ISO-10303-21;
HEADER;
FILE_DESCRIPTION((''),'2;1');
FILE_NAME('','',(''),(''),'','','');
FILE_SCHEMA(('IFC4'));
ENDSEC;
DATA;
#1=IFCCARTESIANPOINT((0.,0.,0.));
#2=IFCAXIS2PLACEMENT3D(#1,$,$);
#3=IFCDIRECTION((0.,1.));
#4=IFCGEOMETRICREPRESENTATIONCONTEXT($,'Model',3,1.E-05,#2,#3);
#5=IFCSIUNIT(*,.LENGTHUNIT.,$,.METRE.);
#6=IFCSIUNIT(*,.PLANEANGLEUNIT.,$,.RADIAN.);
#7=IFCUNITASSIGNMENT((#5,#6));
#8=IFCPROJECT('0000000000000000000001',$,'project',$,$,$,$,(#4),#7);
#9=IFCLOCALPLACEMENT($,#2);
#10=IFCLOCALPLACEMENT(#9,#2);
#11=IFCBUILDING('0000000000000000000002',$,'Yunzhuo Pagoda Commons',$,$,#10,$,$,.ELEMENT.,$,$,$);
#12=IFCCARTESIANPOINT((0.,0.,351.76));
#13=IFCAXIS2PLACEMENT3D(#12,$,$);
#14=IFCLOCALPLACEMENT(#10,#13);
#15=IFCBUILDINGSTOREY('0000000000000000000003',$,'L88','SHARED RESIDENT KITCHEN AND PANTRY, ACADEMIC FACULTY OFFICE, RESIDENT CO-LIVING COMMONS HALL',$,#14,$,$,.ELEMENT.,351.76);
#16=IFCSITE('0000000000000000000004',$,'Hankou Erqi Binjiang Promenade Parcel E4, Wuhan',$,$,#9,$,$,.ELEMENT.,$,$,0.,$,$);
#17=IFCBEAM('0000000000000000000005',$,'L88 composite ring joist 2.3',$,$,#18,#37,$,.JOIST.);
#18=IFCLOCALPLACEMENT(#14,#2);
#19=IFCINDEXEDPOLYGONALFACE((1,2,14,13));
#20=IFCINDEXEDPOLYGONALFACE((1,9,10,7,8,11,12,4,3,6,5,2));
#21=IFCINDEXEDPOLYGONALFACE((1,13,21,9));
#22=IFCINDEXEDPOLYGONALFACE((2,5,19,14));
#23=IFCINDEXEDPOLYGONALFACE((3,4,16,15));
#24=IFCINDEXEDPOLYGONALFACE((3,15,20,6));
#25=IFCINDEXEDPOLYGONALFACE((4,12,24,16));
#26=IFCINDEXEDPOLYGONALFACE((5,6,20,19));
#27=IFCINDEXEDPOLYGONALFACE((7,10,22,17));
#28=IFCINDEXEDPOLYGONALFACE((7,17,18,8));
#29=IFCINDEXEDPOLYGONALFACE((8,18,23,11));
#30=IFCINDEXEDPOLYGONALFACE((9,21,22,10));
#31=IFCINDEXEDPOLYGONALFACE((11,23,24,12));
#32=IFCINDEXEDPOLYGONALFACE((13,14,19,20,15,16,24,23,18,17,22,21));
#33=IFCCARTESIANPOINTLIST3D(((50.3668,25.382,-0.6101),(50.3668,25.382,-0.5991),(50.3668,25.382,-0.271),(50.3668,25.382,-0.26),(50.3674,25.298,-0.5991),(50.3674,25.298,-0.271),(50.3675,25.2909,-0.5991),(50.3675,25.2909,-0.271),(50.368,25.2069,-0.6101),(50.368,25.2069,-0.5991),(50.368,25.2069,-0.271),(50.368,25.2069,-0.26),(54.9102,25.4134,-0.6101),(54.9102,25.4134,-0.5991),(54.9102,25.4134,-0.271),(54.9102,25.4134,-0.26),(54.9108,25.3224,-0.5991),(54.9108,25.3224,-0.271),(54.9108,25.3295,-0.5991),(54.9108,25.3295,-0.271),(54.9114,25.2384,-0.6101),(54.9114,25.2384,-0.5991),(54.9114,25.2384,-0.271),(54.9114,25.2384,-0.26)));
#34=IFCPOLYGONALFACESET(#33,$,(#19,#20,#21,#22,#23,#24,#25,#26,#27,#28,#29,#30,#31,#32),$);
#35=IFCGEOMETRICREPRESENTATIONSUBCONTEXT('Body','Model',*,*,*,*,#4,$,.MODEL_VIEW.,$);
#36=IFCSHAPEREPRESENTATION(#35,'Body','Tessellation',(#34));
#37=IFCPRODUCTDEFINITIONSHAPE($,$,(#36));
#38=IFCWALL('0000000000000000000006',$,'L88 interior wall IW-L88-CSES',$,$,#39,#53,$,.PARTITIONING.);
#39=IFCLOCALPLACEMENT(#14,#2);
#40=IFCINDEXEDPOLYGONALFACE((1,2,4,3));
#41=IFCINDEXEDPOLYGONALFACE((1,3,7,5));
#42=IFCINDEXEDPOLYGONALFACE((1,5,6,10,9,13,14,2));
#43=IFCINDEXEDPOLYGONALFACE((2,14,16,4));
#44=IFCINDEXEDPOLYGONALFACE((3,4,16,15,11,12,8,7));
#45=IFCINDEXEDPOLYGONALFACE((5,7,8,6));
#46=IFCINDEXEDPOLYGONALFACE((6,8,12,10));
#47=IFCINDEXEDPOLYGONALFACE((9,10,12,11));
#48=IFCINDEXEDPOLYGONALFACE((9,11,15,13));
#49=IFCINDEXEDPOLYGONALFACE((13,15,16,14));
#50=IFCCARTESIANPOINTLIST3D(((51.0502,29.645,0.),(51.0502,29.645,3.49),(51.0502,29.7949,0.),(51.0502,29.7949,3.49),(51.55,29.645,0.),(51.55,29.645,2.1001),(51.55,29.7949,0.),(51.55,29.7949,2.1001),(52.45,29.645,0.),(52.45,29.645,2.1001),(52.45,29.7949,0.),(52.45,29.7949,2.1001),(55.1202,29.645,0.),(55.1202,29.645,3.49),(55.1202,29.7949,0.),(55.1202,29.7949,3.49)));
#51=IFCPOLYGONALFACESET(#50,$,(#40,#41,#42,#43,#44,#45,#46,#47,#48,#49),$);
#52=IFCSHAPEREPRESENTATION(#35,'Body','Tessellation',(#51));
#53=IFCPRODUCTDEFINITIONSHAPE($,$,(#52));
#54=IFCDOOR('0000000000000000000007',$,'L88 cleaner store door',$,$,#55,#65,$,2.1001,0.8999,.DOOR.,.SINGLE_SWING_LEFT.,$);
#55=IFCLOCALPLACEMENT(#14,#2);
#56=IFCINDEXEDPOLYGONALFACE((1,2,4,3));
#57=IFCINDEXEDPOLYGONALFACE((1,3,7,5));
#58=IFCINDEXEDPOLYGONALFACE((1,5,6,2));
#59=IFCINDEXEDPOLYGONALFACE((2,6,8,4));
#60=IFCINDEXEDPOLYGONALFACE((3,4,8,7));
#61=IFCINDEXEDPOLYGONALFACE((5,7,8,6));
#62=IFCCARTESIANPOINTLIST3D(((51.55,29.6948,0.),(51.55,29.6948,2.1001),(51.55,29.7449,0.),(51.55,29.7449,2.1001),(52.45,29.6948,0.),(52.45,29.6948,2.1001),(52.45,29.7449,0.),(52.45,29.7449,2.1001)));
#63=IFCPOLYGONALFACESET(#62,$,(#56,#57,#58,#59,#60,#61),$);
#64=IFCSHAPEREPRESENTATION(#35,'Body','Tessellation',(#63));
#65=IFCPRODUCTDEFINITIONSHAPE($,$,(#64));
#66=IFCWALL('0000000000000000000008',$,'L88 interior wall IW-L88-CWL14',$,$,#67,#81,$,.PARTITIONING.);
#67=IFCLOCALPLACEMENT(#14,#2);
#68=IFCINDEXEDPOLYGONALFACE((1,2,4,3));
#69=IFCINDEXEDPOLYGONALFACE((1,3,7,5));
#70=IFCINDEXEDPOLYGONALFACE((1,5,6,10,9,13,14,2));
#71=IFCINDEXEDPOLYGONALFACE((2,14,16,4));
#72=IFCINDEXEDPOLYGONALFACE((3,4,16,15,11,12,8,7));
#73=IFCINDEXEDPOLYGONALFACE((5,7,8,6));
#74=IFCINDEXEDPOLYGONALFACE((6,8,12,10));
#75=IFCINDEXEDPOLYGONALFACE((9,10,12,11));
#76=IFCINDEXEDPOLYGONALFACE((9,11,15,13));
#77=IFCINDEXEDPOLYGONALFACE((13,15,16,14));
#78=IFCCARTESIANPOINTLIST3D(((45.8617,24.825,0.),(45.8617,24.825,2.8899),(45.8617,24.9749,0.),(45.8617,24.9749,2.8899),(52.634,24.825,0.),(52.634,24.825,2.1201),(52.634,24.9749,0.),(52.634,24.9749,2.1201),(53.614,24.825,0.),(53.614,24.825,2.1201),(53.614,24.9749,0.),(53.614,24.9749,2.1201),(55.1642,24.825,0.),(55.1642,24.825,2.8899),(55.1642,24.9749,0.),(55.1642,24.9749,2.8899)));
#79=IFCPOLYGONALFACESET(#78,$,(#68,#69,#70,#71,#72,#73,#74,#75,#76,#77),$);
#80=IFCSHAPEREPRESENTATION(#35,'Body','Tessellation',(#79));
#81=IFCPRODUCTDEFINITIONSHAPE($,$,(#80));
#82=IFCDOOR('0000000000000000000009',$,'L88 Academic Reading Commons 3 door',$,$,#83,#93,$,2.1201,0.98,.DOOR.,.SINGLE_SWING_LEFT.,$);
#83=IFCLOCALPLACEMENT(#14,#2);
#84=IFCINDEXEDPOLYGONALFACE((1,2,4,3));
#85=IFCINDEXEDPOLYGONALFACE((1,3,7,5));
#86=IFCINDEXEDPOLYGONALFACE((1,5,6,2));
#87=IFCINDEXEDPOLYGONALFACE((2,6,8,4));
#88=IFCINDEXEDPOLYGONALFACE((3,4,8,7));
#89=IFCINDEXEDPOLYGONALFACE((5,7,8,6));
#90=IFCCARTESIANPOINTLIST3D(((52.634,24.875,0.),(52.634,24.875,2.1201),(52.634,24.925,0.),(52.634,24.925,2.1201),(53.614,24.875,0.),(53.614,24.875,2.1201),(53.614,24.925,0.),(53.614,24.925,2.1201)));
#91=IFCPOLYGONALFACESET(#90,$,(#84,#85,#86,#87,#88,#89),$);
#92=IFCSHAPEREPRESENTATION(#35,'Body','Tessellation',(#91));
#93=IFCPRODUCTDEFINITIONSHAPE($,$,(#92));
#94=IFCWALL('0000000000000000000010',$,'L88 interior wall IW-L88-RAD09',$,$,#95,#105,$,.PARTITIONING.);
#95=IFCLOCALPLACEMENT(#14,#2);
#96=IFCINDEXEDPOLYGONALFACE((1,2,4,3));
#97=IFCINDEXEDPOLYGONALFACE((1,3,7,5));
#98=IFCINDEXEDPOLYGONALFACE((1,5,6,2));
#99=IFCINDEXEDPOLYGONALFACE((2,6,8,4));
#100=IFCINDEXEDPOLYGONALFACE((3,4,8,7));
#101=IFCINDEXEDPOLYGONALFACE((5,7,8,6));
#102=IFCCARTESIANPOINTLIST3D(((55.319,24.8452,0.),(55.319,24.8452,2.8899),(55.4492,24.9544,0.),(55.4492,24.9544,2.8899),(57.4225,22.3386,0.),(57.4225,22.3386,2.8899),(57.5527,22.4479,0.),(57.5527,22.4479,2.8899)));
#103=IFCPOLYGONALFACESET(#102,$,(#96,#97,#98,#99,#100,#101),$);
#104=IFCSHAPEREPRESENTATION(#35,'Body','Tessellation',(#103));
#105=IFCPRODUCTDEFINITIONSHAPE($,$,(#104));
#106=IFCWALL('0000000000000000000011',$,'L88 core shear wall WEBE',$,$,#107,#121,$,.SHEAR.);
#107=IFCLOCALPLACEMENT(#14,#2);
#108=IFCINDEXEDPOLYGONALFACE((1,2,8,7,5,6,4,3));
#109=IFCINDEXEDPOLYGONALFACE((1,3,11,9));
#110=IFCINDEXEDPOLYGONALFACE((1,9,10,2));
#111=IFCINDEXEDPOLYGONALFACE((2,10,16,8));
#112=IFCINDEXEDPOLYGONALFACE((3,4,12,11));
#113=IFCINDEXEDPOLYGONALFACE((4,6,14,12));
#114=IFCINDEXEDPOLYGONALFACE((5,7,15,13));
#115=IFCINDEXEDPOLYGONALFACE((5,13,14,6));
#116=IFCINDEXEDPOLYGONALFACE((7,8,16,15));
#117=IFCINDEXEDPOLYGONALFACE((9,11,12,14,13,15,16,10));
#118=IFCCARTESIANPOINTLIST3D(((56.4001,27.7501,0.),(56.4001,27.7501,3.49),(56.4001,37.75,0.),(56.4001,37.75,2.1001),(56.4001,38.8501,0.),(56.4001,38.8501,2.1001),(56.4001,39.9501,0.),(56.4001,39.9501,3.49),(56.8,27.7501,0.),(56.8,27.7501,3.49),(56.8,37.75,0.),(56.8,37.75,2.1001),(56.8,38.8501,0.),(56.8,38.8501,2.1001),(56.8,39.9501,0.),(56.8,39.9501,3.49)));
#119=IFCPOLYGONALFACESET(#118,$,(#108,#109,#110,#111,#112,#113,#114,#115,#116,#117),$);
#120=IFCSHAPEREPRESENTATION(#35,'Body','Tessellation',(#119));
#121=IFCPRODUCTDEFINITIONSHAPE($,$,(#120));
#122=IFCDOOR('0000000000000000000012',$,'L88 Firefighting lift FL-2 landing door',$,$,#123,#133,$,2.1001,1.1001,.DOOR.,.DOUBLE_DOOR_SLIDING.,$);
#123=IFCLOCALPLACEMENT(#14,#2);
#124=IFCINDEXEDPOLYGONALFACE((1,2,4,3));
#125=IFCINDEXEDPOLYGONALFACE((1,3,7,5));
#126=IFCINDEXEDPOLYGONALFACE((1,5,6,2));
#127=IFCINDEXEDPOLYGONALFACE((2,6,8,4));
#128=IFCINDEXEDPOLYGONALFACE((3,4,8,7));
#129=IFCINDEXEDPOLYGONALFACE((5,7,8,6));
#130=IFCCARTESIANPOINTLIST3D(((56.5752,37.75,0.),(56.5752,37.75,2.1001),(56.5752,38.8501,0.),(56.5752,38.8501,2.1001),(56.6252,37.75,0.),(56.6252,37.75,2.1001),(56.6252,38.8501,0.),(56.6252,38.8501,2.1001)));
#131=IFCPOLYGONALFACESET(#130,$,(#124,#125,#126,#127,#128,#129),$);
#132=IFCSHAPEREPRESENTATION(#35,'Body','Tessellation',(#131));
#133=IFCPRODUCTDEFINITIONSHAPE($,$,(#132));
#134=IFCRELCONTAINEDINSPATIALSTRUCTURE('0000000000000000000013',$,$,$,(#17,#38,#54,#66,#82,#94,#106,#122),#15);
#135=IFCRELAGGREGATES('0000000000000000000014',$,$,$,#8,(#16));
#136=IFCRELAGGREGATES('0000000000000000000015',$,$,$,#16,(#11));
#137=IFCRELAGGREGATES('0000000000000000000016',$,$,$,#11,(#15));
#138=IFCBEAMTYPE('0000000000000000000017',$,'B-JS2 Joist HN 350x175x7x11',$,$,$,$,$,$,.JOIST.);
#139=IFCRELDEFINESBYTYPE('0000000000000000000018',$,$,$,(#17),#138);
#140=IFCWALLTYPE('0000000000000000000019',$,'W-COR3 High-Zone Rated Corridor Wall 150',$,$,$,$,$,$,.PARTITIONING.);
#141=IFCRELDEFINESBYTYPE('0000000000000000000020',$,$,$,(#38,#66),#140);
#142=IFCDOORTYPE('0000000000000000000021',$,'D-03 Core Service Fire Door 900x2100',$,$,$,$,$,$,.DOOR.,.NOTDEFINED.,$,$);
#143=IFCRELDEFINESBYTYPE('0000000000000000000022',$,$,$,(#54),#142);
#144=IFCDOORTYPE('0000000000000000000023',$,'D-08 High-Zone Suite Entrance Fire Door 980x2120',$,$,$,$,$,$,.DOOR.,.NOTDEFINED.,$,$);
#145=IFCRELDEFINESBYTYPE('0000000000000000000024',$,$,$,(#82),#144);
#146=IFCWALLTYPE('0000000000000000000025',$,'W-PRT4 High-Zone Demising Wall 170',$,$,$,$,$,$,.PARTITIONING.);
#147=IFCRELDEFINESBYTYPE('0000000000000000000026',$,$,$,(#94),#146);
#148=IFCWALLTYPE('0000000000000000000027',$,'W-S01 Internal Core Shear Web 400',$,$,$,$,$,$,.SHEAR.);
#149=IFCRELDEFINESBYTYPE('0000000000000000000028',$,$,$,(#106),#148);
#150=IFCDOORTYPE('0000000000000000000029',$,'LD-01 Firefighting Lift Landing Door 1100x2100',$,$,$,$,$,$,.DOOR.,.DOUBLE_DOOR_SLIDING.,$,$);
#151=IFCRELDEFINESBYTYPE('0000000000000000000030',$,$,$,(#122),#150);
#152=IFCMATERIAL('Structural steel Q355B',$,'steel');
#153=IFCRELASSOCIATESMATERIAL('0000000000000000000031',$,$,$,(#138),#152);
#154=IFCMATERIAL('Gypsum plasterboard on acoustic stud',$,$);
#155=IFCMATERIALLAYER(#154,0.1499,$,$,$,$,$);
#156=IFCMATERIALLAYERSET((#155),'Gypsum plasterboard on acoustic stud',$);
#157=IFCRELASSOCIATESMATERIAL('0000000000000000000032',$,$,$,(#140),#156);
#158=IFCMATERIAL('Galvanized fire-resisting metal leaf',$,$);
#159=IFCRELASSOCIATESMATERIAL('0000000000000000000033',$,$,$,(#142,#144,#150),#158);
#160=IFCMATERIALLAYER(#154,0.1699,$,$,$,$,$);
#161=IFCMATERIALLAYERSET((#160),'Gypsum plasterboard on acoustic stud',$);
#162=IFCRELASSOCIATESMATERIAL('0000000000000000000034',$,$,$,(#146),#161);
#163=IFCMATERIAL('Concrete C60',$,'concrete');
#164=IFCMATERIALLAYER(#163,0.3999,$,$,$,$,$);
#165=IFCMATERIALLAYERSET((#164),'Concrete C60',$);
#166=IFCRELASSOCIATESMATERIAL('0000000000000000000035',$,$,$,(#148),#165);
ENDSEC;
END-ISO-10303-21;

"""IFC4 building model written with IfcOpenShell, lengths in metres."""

from ifc_helpers import new_model, si_unit, direction, frame, frame_2d, origin, origin_with_axes, origin_2d, place, context, subcontext, project, spatial, rectangle, i_section, extrude, source, transform, mapped, material, layer, layer_set, material_profile, profile_set, type_object, element, fill, save


model = new_model("IFC4")

# Units and contexts
model_context = context("Model", 3, precision=1e-05, world=origin(), true_north=direction((0.0, 1.0)))
body_context = subcontext(model_context, "Body", "Model", "MODEL_VIEW")
ifc_project = project(units=[si_unit("LENGTHUNIT", "METRE"), si_unit("PLANEANGLEUNIT", "RADIAN")], contexts=[model_context])

# Site, building, storey
site_placement = place(None, origin())
site = spatial("IfcSite", under=ifc_project, at=site_placement, Name="Hankou Erqi Binjiang Promenade Parcel E4, Wuhan", CompositionType="ELEMENT", RefElevation=0.0)
building_placement = place(site_placement, origin())
building = spatial("IfcBuilding", under=site, at=building_placement, Name="Yunzhuo Pagoda Commons", CompositionType="ELEMENT")
storey_placement = place(building_placement, frame((0.0, 0.0, 351.76)))
storey = spatial("IfcBuildingStorey", under=building, at=storey_placement, Name="L88", Description="SHARED RESIDENT KITCHEN AND PANTRY, ACADEMIC FACULTY OFFICE, RESIDENT CO-LIVING COMMONS HALL", CompositionType="ELEMENT", Elevation=351.76)

# Shared definitions
ifc_material_1 = material(Name="Structural steel Q355B", Category="steel")

# Beam
ifc_material_profile_1 = material_profile(ifc_material_1, i_section(OverallWidth=0.175, OverallDepth=0.3501, WebThickness=0.0071, FlangeThickness=0.011, at=origin_2d()), Name="Structural steel Q355B")
ifc_profile_set_1 = profile_set([ifc_material_profile_1], Name="Structural steel Q355B")
beam_type_1 = type_object("IfcBeamType", Name="B-JS2 Joist HN 350x175x7x11", PredefinedType="JOIST", material=ifc_profile_set_1)
shared_shape_1 = source(origin(), body_context, "Body", "SweptSolid", [
    extrude(i_section(OverallWidth=0.175, OverallDepth=0.3501, WebThickness=0.0071, FlangeThickness=0.011, at=origin_2d()), origin(), (0.0, 0.0, 1.0), 4.5435),
])
beam_1_placement = place(storey_placement, frame((50.3674, 25.2944, -0.4351), z_axis=(0.999976, 0.006932, 0.0), x_axis=(-0.006932, 0.999976, 0.0)))
element("IfcBeam", 1, at=beam_1_placement, inside=storey, type_object=beam_type_1, Name="L88 composite ring joist 2.3", PredefinedType="JOIST", context=body_context, shape_type="MappedRepresentation", body=[
    mapped(shared_shape_1, transform((0.0, 0.0, 0.0), scale=1.0)),
])

# Walls, openings, doors
ifc_material_2 = material(Name="Gypsum plasterboard on acoustic stud")
ifc_layer_1 = layer(ifc_material_2, 0.1499)
ifc_layer_set_1 = layer_set([ifc_layer_1], Name="Gypsum plasterboard on acoustic stud")
wall_type_1 = type_object("IfcWallType", Name="W-COR3 High-Zone Rated Corridor Wall 150", PredefinedType="PARTITIONING", material=ifc_layer_set_1)
wall_1_placement = place(storey_placement, frame((51.05, 29.72, 0.0), z_axis=(0.0, 0.0, 1.0), x_axis=(1.0, 0.0, 0.0)))
wall_1 = element("IfcWall", 2, at=wall_1_placement, inside=storey, type_object=wall_type_1, Name="L88 interior wall IW-L88-CSES", PredefinedType="PARTITIONING", context=body_context, shape_type="SweptSolid", body=[
    extrude(rectangle(XDim=4.0701, YDim=0.1499, at=frame_2d((2.0352, 0.0))), origin(), (0.0, 0.0, 1.0), 3.49),
])
opening_1_placement = place(wall_1_placement, frame((0.5, 0.0, 0.0)))
opening_1 = element("IfcOpeningElement", 3, at=opening_1_placement, cuts=wall_1, PredefinedType="OPENING", context=body_context, shape_type="SweptSolid", body=[
    extrude(rectangle(XDim=0.8999, YDim=2.1001, at=frame_2d((0.45, 1.05))), frame((0.0, 0.085, 0.0), z_axis=(0.0, -1.0, 0.0), x_axis=(1.0, 0.0, 0.0)), (0.0, 0.0, 1.0), 0.1699),
])
ifc_material_3 = material(Name="Galvanized fire-resisting metal leaf")
door_type_1 = type_object("IfcDoorType", Name="D-03 Core Service Fire Door 900x2100", OperationType="NOTDEFINED", PredefinedType="DOOR", material=ifc_material_3)
shared_shape_2 = source(origin(), body_context, "Body", "SweptSolid", [
    extrude(rectangle(XDim=0.8999, YDim=2.1001, at=frame_2d((0.45, 1.05))), frame((0.0, 0.0249, 0.0), z_axis=(0.0, -1.0, 0.0), x_axis=(1.0, 0.0, 0.0)), (0.0, 0.0, 1.0), 0.05),
])
door_1_placement = place(opening_1_placement, origin_with_axes())
door_1 = element("IfcDoor", 4, at=door_1_placement, inside=storey, type_object=door_type_1, Name="L88 cleaner store door", OperationType="SINGLE_SWING_LEFT", OverallHeight=2.1001, OverallWidth=0.8999, PredefinedType="DOOR", context=body_context, shape_type="MappedRepresentation", body=[
    mapped(shared_shape_2, transform((0.0, 0.0, 0.0), scale=1.0)),
])
fill(opening_1, door_1)
wall_2_placement = place(storey_placement, frame((55.1643, 24.8999, 0.0), z_axis=(0.0, 0.0, 1.0), x_axis=(-1.0, 0.0, 0.0)))
wall_2 = element("IfcWall", 5, at=wall_2_placement, inside=storey, type_object=wall_type_1, Name="L88 interior wall IW-L88-CWL14", PredefinedType="PARTITIONING", context=body_context, shape_type="SweptSolid", body=[
    extrude(rectangle(XDim=9.3025, YDim=0.1499, at=frame_2d((4.6514, 0.0))), origin(), (0.0, 0.0, 1.0), 2.8899),
])
opening_2_placement = place(wall_2_placement, frame((1.5503, 0.0, 0.0)))
opening_2 = element("IfcOpeningElement", 6, at=opening_2_placement, cuts=wall_2, PredefinedType="OPENING", context=body_context, shape_type="SweptSolid", body=[
    extrude(rectangle(XDim=0.98, YDim=2.1201, at=frame_2d((0.49, 1.0601))), frame((0.0, 0.085, 0.0), z_axis=(0.0, -1.0, 0.0), x_axis=(1.0, 0.0, 0.0)), (0.0, 0.0, 1.0), 0.1699),
])
door_type_2 = type_object("IfcDoorType", Name="D-08 High-Zone Suite Entrance Fire Door 980x2120", OperationType="NOTDEFINED", PredefinedType="DOOR", material=ifc_material_3)
shared_shape_3 = source(origin(), body_context, "Body", "SweptSolid", [
    extrude(rectangle(XDim=0.98, YDim=2.1201, at=frame_2d((0.49, 1.0601))), frame((0.0, 0.0249, 0.0), z_axis=(0.0, -1.0, 0.0), x_axis=(1.0, 0.0, 0.0)), (0.0, 0.0, 1.0), 0.05),
])
door_2_placement = place(opening_2_placement, origin_with_axes())
door_2 = element("IfcDoor", 7, at=door_2_placement, inside=storey, type_object=door_type_2, Name="L88 Academic Reading Commons 3 door", OperationType="SINGLE_SWING_LEFT", OverallHeight=2.1201, OverallWidth=0.98, PredefinedType="DOOR", context=body_context, shape_type="MappedRepresentation", body=[
    mapped(shared_shape_3, transform((0.0, 0.0, 0.0), scale=1.0)),
])
fill(opening_2, door_2)

# Wall
ifc_layer_2 = layer(ifc_material_2, 0.1699)
ifc_layer_set_2 = layer_set([ifc_layer_2], Name="Gypsum plasterboard on acoustic stud")
wall_type_2 = type_object("IfcWallType", Name="W-PRT4 High-Zone Demising Wall 170", PredefinedType="PARTITIONING", material=ifc_layer_set_2)
wall_3_placement = place(storey_placement, frame((55.384, 24.8999, 0.0), z_axis=(0.0, 0.0, 1.0), x_axis=(0.64283, -0.766009, 0.0)))
element("IfcWall", 8, at=wall_3_placement, inside=storey, type_object=wall_type_2, Name="L88 interior wall IW-L88-RAD09", PredefinedType="PARTITIONING", context=body_context, shape_type="SweptSolid", body=[
    extrude(rectangle(XDim=3.2722, YDim=0.1699, at=frame_2d((1.6362, 0.0))), origin(), (0.0, 0.0, 1.0), 2.8899),
])

# Wall, opening, door
ifc_material_4 = material(Name="Concrete C60", Category="concrete")
ifc_layer_3 = layer(ifc_material_4, 0.3999)
ifc_layer_set_3 = layer_set([ifc_layer_3], Name="Concrete C60")
wall_type_3 = type_object("IfcWallType", Name="W-S01 Internal Core Shear Web 400", PredefinedType="SHEAR", material=ifc_layer_set_3)
wall_4_placement = place(storey_placement, frame((56.6001, 27.75, 0.0), z_axis=(0.0, 0.0, 1.0), x_axis=(0.0, 1.0, 0.0)))
wall_4 = element("IfcWall", 9, at=wall_4_placement, inside=storey, type_object=wall_type_3, Name="L88 core shear wall WEBE", PredefinedType="SHEAR", context=body_context, shape_type="SweptSolid", body=[
    extrude(rectangle(XDim=12.2, YDim=0.3999, at=frame_2d((6.1001, 0.0))), origin(), (0.0, 0.0, 1.0), 3.49),
])
opening_3_placement = place(wall_4_placement, frame((10.0, 0.0, 0.0)))
opening_3 = element("IfcOpeningElement", 10, at=opening_3_placement, cuts=wall_4, PredefinedType="OPENING", context=body_context, shape_type="SweptSolid", body=[
    extrude(rectangle(XDim=1.1001, YDim=2.1001, at=frame_2d((0.55, 1.05))), frame((0.0, 0.21, 0.0), z_axis=(0.0, -1.0, 0.0), x_axis=(1.0, 0.0, 0.0)), (0.0, 0.0, 1.0), 0.4199),
])
door_type_3 = type_object("IfcDoorType", Name="LD-01 Firefighting Lift Landing Door 1100x2100", OperationType="DOUBLE_DOOR_SLIDING", PredefinedType="DOOR", material=ifc_material_3)
shared_shape_4 = source(origin(), body_context, "Body", "SweptSolid", [
    extrude(rectangle(XDim=1.1001, YDim=2.1001, at=frame_2d((0.55, 1.05))), frame((0.0, 0.0249, 0.0), z_axis=(0.0, -1.0, 0.0), x_axis=(1.0, 0.0, 0.0)), (0.0, 0.0, 1.0), 0.05),
])
door_3_placement = place(opening_3_placement, origin_with_axes())
door_3 = element("IfcDoor", 11, at=door_3_placement, inside=storey, type_object=door_type_3, Name="L88 Firefighting lift FL-2 landing door", OperationType="DOUBLE_DOOR_SLIDING", OverallHeight=2.1001, OverallWidth=1.1001, PredefinedType="DOOR", context=body_context, shape_type="MappedRepresentation", body=[
    mapped(shared_shape_4, transform((0.0, 0.0, 0.0), scale=1.0)),
])
fill(opening_3, door_3)

save(model, "model.ifc")
